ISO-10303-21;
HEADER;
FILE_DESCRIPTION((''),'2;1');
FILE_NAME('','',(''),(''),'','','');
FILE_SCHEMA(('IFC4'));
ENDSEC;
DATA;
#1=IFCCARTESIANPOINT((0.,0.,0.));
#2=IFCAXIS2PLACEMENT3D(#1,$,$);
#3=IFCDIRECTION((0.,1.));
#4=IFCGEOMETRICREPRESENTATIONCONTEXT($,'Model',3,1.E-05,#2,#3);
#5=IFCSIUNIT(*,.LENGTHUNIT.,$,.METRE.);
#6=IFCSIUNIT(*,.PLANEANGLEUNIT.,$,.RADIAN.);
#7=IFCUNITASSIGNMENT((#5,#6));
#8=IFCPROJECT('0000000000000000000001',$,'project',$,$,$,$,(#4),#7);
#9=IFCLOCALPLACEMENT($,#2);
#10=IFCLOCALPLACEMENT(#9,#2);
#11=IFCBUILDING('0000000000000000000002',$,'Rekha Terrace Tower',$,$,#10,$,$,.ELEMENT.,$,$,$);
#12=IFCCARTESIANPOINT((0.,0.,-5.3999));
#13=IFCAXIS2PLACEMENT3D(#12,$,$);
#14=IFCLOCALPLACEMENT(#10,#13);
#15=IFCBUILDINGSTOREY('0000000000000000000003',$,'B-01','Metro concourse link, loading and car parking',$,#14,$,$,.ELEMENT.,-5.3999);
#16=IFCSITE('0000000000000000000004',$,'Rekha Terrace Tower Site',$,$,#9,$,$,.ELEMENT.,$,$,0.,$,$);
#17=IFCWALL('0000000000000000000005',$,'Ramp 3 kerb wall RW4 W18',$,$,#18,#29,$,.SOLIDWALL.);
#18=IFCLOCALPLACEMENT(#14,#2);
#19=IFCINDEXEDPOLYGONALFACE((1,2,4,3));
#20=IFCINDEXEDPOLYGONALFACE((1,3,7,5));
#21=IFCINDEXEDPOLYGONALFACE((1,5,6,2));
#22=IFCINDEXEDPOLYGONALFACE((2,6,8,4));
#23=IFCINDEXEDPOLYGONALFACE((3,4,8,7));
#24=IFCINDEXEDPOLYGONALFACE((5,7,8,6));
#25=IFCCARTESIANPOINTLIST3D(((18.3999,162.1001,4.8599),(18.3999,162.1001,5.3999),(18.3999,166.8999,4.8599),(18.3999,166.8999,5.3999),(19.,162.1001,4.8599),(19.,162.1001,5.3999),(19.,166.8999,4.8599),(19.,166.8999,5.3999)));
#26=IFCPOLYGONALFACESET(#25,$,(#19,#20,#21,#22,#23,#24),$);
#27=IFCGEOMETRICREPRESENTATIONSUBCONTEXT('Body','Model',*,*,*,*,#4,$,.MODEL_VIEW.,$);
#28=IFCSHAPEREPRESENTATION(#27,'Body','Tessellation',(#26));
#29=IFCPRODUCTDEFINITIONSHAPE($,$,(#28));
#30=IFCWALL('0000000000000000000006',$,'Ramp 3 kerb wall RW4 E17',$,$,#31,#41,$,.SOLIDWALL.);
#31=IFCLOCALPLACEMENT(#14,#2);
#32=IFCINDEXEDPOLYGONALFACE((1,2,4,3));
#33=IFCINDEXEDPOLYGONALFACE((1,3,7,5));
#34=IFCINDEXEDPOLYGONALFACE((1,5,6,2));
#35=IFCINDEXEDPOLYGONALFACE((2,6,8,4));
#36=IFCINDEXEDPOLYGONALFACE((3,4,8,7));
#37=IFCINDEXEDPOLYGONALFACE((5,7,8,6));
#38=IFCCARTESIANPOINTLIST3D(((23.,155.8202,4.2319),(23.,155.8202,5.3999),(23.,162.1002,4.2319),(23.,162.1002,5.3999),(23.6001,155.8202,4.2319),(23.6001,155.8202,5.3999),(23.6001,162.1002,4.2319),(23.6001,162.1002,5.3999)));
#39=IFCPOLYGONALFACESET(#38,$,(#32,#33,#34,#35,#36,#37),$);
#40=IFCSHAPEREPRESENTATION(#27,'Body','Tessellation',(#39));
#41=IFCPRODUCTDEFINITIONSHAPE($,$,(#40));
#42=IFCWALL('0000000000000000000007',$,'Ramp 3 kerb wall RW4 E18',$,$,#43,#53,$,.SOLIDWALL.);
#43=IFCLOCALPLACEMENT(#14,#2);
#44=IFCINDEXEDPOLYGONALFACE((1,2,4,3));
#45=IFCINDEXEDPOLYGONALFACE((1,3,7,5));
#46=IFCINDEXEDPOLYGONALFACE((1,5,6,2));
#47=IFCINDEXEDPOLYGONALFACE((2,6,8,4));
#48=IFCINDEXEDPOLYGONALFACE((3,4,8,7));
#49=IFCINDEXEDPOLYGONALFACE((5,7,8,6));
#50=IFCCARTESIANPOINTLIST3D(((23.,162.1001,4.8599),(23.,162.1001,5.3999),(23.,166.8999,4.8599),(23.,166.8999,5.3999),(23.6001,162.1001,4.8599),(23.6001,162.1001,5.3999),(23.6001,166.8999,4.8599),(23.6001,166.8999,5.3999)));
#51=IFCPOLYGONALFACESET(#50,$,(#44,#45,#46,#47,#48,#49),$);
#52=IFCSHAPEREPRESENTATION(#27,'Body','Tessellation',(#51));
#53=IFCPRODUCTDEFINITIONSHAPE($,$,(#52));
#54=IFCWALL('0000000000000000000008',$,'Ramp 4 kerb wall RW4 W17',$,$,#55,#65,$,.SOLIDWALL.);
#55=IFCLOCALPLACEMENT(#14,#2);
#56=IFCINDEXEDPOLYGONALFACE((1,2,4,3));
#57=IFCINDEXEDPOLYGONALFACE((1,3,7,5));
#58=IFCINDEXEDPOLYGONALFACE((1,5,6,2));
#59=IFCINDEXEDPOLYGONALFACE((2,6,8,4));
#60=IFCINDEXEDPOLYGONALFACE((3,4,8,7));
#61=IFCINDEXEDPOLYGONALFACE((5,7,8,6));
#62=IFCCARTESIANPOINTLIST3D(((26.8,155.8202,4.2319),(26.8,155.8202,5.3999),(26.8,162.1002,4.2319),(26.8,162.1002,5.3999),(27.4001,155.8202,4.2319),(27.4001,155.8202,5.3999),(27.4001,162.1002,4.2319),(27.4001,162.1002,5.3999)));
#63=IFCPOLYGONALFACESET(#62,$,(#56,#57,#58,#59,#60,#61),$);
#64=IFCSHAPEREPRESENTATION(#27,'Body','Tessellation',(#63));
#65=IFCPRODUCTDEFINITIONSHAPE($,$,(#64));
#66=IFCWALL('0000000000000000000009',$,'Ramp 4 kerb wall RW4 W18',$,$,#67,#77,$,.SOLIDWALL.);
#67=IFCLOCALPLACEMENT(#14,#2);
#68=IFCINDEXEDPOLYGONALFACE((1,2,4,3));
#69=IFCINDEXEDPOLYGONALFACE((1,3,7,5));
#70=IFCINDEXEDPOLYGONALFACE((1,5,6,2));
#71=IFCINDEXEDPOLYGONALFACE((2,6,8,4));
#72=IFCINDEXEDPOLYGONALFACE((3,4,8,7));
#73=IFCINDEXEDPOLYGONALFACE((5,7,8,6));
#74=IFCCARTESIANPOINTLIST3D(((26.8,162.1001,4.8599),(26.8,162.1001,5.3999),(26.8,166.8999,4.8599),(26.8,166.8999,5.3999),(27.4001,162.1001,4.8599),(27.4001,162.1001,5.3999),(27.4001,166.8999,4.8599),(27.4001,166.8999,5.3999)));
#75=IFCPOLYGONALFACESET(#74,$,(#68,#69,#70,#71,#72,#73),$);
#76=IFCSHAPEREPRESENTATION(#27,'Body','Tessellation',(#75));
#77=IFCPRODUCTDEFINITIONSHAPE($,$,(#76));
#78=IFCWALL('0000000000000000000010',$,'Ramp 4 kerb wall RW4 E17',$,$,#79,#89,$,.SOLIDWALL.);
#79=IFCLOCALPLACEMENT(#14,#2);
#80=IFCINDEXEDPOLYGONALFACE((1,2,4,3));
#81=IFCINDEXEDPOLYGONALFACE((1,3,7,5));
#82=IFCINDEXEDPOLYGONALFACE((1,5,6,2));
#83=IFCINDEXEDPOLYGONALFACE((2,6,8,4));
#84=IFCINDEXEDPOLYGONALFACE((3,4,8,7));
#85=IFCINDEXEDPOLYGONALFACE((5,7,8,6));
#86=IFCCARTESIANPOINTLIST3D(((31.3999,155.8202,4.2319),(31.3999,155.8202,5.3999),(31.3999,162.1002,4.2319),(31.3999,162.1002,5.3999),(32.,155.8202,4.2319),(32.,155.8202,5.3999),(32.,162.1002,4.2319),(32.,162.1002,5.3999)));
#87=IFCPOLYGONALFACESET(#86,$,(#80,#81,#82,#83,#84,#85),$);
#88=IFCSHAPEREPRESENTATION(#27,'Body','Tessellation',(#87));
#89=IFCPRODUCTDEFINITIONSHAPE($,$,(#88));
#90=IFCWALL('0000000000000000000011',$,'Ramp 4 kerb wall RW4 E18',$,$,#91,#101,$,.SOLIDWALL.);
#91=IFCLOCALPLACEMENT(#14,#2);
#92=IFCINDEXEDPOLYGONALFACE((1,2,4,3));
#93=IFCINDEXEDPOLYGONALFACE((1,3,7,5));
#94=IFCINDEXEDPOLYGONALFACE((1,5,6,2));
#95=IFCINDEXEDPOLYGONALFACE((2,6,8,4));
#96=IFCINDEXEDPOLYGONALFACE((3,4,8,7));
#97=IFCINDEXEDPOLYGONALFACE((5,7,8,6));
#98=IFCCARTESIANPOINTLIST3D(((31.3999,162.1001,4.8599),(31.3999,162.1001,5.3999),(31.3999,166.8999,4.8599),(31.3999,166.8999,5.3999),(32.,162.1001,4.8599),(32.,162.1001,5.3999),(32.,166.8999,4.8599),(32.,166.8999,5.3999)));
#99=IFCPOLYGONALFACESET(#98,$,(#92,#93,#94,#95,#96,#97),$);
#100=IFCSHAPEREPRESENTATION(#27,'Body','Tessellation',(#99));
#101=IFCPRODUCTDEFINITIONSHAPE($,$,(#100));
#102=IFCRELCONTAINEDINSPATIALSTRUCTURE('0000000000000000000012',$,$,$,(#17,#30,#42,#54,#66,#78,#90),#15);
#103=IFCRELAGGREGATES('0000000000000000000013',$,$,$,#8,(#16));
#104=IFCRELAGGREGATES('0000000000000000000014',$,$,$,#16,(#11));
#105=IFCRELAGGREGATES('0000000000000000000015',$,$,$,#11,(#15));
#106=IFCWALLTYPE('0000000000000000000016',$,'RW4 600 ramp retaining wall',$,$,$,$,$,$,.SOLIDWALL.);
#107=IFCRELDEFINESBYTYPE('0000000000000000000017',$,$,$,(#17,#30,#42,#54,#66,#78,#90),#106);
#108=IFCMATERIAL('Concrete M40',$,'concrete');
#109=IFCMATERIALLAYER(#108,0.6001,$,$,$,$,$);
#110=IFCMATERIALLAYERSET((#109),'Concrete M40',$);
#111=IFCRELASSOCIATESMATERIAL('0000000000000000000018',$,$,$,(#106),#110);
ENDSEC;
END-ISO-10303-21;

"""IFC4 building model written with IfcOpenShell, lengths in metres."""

from ifc_helpers import new_model, si_unit, direction, frame, frame_2d, origin, place, context, subcontext, project, spatial, rectangle, extrude, material, layer, layer_set, type_object, element, save


model = new_model("IFC4")

# Units and contexts
model_context = context("Model", 3, precision=1e-05, world=origin(), true_north=direction((0.0, 1.0)))
body_context = subcontext(model_context, "Body", "Model", "MODEL_VIEW")
ifc_project = project(units=[si_unit("LENGTHUNIT", "METRE"), si_unit("PLANEANGLEUNIT", "RADIAN")], contexts=[model_context])

# Site, building, storey
site_placement = place(None, origin())
site = spatial("IfcSite", under=ifc_project, at=site_placement, Name="Rekha Terrace Tower Site", CompositionType="ELEMENT", RefElevation=0.0)
building_placement = place(site_placement, origin())
building = spatial("IfcBuilding", under=site, at=building_placement, Name="Rekha Terrace Tower", CompositionType="ELEMENT")
storey_placement = place(building_placement, frame((0.0, 0.0, -5.3999)))
storey = spatial("IfcBuildingStorey", under=building, at=storey_placement, Name="B-01", Description="Metro concourse link, loading and car parking", CompositionType="ELEMENT", Elevation=-5.3999)

# Shared definitions
ifc_material = material(Name="Concrete M40", Category="concrete")

# Walls
ifc_layer = layer(ifc_material, 0.6001)
ifc_layer_set = layer_set([ifc_layer], Name="Concrete M40")
wall_type = type_object("IfcWallType", Name="RW4 600 ramp retaining wall", PredefinedType="SOLIDWALL", material=ifc_layer_set)
wall_1_placement = place(storey_placement, frame((18.7, 162.1001, 4.8599), z_axis=(0.0, 0.0, 1.0), x_axis=(0.0, 1.0, 0.0)))
element("IfcWall", 1, at=wall_1_placement, inside=storey, type_object=wall_type, Name="Ramp 3 kerb wall RW4 W18", PredefinedType="SOLIDWALL", context=body_context, shape_type="SweptSolid", body=[
    extrude(rectangle(XDim=4.7998, YDim=0.6001, at=frame_2d((2.3999, 0.0))), origin(), (0.0, 0.0, 1.0), 0.54),
])
wall_2_placement = place(storey_placement, frame((23.3, 155.8201, 4.2319), z_axis=(0.0, 0.0, 1.0), x_axis=(0.0, 1.0, 0.0)))
element("IfcWall", 2, at=wall_2_placement, inside=storey, type_object=wall_type, Name="Ramp 3 kerb wall RW4 E17", PredefinedType="SOLIDWALL", context=body_context, shape_type="SweptSolid", body=[
    extrude(rectangle(XDim=6.28, YDim=0.6001, at=frame_2d((3.1401, 0.0))), origin(), (0.0, 0.0, 1.0), 1.168),
])
wall_3_placement = place(storey_placement, frame((23.3, 162.1001, 4.8599), z_axis=(0.0, 0.0, 1.0), x_axis=(0.0, 1.0, 0.0)))
element("IfcWall", 3, at=wall_3_placement, inside=storey, type_object=wall_type, Name="Ramp 3 kerb wall RW4 E18", PredefinedType="SOLIDWALL", context=body_context, shape_type="SweptSolid", body=[
    extrude(rectangle(XDim=4.7998, YDim=0.6001, at=frame_2d((2.3999, 0.0))), origin(), (0.0, 0.0, 1.0), 0.54),
])
wall_4_placement = place(storey_placement, frame((27.1001, 155.8201, 4.2319), z_axis=(0.0, 0.0, 1.0), x_axis=(0.0, 1.0, 0.0)))
element("IfcWall", 4, at=wall_4_placement, inside=storey, type_object=wall_type, Name="Ramp 4 kerb wall RW4 W17", PredefinedType="SOLIDWALL", context=body_context, shape_type="SweptSolid", body=[
    extrude(rectangle(XDim=6.28, YDim=0.6001, at=frame_2d((3.1401, 0.0))), origin(), (0.0, 0.0, 1.0), 1.168),
])
wall_5_placement = place(storey_placement, frame((27.1001, 162.1001, 4.8599), z_axis=(0.0, 0.0, 1.0), x_axis=(0.0, 1.0, 0.0)))
element("IfcWall", 5, at=wall_5_placement, inside=storey, type_object=wall_type, Name="Ramp 4 kerb wall RW4 W18", PredefinedType="SOLIDWALL", context=body_context, shape_type="SweptSolid", body=[
    extrude(rectangle(XDim=4.7998, YDim=0.6001, at=frame_2d((2.3999, 0.0))), origin(), (0.0, 0.0, 1.0), 0.54),
])
wall_6_placement = place(storey_placement, frame((31.7, 155.8201, 4.2319), z_axis=(0.0, 0.0, 1.0), x_axis=(0.0, 1.0, 0.0)))
element("IfcWall", 6, at=wall_6_placement, inside=storey, type_object=wall_type, Name="Ramp 4 kerb wall RW4 E17", PredefinedType="SOLIDWALL", context=body_context, shape_type="SweptSolid", body=[
    extrude(rectangle(XDim=6.28, YDim=0.6001, at=frame_2d((3.1401, 0.0))), origin(), (0.0, 0.0, 1.0), 1.168),
])
wall_7_placement = place(storey_placement, frame((31.7, 162.1001, 4.8599), z_axis=(0.0, 0.0, 1.0), x_axis=(0.0, 1.0, 0.0)))
element("IfcWall", 7, at=wall_7_placement, inside=storey, type_object=wall_type, Name="Ramp 4 kerb wall RW4 E18", PredefinedType="SOLIDWALL", context=body_context, shape_type="SweptSolid", body=[
    extrude(rectangle(XDim=4.7998, YDim=0.6001, at=frame_2d((2.3999, 0.0))), origin(), (0.0, 0.0, 1.0), 0.54),
])

save(model, "model.ifc")
